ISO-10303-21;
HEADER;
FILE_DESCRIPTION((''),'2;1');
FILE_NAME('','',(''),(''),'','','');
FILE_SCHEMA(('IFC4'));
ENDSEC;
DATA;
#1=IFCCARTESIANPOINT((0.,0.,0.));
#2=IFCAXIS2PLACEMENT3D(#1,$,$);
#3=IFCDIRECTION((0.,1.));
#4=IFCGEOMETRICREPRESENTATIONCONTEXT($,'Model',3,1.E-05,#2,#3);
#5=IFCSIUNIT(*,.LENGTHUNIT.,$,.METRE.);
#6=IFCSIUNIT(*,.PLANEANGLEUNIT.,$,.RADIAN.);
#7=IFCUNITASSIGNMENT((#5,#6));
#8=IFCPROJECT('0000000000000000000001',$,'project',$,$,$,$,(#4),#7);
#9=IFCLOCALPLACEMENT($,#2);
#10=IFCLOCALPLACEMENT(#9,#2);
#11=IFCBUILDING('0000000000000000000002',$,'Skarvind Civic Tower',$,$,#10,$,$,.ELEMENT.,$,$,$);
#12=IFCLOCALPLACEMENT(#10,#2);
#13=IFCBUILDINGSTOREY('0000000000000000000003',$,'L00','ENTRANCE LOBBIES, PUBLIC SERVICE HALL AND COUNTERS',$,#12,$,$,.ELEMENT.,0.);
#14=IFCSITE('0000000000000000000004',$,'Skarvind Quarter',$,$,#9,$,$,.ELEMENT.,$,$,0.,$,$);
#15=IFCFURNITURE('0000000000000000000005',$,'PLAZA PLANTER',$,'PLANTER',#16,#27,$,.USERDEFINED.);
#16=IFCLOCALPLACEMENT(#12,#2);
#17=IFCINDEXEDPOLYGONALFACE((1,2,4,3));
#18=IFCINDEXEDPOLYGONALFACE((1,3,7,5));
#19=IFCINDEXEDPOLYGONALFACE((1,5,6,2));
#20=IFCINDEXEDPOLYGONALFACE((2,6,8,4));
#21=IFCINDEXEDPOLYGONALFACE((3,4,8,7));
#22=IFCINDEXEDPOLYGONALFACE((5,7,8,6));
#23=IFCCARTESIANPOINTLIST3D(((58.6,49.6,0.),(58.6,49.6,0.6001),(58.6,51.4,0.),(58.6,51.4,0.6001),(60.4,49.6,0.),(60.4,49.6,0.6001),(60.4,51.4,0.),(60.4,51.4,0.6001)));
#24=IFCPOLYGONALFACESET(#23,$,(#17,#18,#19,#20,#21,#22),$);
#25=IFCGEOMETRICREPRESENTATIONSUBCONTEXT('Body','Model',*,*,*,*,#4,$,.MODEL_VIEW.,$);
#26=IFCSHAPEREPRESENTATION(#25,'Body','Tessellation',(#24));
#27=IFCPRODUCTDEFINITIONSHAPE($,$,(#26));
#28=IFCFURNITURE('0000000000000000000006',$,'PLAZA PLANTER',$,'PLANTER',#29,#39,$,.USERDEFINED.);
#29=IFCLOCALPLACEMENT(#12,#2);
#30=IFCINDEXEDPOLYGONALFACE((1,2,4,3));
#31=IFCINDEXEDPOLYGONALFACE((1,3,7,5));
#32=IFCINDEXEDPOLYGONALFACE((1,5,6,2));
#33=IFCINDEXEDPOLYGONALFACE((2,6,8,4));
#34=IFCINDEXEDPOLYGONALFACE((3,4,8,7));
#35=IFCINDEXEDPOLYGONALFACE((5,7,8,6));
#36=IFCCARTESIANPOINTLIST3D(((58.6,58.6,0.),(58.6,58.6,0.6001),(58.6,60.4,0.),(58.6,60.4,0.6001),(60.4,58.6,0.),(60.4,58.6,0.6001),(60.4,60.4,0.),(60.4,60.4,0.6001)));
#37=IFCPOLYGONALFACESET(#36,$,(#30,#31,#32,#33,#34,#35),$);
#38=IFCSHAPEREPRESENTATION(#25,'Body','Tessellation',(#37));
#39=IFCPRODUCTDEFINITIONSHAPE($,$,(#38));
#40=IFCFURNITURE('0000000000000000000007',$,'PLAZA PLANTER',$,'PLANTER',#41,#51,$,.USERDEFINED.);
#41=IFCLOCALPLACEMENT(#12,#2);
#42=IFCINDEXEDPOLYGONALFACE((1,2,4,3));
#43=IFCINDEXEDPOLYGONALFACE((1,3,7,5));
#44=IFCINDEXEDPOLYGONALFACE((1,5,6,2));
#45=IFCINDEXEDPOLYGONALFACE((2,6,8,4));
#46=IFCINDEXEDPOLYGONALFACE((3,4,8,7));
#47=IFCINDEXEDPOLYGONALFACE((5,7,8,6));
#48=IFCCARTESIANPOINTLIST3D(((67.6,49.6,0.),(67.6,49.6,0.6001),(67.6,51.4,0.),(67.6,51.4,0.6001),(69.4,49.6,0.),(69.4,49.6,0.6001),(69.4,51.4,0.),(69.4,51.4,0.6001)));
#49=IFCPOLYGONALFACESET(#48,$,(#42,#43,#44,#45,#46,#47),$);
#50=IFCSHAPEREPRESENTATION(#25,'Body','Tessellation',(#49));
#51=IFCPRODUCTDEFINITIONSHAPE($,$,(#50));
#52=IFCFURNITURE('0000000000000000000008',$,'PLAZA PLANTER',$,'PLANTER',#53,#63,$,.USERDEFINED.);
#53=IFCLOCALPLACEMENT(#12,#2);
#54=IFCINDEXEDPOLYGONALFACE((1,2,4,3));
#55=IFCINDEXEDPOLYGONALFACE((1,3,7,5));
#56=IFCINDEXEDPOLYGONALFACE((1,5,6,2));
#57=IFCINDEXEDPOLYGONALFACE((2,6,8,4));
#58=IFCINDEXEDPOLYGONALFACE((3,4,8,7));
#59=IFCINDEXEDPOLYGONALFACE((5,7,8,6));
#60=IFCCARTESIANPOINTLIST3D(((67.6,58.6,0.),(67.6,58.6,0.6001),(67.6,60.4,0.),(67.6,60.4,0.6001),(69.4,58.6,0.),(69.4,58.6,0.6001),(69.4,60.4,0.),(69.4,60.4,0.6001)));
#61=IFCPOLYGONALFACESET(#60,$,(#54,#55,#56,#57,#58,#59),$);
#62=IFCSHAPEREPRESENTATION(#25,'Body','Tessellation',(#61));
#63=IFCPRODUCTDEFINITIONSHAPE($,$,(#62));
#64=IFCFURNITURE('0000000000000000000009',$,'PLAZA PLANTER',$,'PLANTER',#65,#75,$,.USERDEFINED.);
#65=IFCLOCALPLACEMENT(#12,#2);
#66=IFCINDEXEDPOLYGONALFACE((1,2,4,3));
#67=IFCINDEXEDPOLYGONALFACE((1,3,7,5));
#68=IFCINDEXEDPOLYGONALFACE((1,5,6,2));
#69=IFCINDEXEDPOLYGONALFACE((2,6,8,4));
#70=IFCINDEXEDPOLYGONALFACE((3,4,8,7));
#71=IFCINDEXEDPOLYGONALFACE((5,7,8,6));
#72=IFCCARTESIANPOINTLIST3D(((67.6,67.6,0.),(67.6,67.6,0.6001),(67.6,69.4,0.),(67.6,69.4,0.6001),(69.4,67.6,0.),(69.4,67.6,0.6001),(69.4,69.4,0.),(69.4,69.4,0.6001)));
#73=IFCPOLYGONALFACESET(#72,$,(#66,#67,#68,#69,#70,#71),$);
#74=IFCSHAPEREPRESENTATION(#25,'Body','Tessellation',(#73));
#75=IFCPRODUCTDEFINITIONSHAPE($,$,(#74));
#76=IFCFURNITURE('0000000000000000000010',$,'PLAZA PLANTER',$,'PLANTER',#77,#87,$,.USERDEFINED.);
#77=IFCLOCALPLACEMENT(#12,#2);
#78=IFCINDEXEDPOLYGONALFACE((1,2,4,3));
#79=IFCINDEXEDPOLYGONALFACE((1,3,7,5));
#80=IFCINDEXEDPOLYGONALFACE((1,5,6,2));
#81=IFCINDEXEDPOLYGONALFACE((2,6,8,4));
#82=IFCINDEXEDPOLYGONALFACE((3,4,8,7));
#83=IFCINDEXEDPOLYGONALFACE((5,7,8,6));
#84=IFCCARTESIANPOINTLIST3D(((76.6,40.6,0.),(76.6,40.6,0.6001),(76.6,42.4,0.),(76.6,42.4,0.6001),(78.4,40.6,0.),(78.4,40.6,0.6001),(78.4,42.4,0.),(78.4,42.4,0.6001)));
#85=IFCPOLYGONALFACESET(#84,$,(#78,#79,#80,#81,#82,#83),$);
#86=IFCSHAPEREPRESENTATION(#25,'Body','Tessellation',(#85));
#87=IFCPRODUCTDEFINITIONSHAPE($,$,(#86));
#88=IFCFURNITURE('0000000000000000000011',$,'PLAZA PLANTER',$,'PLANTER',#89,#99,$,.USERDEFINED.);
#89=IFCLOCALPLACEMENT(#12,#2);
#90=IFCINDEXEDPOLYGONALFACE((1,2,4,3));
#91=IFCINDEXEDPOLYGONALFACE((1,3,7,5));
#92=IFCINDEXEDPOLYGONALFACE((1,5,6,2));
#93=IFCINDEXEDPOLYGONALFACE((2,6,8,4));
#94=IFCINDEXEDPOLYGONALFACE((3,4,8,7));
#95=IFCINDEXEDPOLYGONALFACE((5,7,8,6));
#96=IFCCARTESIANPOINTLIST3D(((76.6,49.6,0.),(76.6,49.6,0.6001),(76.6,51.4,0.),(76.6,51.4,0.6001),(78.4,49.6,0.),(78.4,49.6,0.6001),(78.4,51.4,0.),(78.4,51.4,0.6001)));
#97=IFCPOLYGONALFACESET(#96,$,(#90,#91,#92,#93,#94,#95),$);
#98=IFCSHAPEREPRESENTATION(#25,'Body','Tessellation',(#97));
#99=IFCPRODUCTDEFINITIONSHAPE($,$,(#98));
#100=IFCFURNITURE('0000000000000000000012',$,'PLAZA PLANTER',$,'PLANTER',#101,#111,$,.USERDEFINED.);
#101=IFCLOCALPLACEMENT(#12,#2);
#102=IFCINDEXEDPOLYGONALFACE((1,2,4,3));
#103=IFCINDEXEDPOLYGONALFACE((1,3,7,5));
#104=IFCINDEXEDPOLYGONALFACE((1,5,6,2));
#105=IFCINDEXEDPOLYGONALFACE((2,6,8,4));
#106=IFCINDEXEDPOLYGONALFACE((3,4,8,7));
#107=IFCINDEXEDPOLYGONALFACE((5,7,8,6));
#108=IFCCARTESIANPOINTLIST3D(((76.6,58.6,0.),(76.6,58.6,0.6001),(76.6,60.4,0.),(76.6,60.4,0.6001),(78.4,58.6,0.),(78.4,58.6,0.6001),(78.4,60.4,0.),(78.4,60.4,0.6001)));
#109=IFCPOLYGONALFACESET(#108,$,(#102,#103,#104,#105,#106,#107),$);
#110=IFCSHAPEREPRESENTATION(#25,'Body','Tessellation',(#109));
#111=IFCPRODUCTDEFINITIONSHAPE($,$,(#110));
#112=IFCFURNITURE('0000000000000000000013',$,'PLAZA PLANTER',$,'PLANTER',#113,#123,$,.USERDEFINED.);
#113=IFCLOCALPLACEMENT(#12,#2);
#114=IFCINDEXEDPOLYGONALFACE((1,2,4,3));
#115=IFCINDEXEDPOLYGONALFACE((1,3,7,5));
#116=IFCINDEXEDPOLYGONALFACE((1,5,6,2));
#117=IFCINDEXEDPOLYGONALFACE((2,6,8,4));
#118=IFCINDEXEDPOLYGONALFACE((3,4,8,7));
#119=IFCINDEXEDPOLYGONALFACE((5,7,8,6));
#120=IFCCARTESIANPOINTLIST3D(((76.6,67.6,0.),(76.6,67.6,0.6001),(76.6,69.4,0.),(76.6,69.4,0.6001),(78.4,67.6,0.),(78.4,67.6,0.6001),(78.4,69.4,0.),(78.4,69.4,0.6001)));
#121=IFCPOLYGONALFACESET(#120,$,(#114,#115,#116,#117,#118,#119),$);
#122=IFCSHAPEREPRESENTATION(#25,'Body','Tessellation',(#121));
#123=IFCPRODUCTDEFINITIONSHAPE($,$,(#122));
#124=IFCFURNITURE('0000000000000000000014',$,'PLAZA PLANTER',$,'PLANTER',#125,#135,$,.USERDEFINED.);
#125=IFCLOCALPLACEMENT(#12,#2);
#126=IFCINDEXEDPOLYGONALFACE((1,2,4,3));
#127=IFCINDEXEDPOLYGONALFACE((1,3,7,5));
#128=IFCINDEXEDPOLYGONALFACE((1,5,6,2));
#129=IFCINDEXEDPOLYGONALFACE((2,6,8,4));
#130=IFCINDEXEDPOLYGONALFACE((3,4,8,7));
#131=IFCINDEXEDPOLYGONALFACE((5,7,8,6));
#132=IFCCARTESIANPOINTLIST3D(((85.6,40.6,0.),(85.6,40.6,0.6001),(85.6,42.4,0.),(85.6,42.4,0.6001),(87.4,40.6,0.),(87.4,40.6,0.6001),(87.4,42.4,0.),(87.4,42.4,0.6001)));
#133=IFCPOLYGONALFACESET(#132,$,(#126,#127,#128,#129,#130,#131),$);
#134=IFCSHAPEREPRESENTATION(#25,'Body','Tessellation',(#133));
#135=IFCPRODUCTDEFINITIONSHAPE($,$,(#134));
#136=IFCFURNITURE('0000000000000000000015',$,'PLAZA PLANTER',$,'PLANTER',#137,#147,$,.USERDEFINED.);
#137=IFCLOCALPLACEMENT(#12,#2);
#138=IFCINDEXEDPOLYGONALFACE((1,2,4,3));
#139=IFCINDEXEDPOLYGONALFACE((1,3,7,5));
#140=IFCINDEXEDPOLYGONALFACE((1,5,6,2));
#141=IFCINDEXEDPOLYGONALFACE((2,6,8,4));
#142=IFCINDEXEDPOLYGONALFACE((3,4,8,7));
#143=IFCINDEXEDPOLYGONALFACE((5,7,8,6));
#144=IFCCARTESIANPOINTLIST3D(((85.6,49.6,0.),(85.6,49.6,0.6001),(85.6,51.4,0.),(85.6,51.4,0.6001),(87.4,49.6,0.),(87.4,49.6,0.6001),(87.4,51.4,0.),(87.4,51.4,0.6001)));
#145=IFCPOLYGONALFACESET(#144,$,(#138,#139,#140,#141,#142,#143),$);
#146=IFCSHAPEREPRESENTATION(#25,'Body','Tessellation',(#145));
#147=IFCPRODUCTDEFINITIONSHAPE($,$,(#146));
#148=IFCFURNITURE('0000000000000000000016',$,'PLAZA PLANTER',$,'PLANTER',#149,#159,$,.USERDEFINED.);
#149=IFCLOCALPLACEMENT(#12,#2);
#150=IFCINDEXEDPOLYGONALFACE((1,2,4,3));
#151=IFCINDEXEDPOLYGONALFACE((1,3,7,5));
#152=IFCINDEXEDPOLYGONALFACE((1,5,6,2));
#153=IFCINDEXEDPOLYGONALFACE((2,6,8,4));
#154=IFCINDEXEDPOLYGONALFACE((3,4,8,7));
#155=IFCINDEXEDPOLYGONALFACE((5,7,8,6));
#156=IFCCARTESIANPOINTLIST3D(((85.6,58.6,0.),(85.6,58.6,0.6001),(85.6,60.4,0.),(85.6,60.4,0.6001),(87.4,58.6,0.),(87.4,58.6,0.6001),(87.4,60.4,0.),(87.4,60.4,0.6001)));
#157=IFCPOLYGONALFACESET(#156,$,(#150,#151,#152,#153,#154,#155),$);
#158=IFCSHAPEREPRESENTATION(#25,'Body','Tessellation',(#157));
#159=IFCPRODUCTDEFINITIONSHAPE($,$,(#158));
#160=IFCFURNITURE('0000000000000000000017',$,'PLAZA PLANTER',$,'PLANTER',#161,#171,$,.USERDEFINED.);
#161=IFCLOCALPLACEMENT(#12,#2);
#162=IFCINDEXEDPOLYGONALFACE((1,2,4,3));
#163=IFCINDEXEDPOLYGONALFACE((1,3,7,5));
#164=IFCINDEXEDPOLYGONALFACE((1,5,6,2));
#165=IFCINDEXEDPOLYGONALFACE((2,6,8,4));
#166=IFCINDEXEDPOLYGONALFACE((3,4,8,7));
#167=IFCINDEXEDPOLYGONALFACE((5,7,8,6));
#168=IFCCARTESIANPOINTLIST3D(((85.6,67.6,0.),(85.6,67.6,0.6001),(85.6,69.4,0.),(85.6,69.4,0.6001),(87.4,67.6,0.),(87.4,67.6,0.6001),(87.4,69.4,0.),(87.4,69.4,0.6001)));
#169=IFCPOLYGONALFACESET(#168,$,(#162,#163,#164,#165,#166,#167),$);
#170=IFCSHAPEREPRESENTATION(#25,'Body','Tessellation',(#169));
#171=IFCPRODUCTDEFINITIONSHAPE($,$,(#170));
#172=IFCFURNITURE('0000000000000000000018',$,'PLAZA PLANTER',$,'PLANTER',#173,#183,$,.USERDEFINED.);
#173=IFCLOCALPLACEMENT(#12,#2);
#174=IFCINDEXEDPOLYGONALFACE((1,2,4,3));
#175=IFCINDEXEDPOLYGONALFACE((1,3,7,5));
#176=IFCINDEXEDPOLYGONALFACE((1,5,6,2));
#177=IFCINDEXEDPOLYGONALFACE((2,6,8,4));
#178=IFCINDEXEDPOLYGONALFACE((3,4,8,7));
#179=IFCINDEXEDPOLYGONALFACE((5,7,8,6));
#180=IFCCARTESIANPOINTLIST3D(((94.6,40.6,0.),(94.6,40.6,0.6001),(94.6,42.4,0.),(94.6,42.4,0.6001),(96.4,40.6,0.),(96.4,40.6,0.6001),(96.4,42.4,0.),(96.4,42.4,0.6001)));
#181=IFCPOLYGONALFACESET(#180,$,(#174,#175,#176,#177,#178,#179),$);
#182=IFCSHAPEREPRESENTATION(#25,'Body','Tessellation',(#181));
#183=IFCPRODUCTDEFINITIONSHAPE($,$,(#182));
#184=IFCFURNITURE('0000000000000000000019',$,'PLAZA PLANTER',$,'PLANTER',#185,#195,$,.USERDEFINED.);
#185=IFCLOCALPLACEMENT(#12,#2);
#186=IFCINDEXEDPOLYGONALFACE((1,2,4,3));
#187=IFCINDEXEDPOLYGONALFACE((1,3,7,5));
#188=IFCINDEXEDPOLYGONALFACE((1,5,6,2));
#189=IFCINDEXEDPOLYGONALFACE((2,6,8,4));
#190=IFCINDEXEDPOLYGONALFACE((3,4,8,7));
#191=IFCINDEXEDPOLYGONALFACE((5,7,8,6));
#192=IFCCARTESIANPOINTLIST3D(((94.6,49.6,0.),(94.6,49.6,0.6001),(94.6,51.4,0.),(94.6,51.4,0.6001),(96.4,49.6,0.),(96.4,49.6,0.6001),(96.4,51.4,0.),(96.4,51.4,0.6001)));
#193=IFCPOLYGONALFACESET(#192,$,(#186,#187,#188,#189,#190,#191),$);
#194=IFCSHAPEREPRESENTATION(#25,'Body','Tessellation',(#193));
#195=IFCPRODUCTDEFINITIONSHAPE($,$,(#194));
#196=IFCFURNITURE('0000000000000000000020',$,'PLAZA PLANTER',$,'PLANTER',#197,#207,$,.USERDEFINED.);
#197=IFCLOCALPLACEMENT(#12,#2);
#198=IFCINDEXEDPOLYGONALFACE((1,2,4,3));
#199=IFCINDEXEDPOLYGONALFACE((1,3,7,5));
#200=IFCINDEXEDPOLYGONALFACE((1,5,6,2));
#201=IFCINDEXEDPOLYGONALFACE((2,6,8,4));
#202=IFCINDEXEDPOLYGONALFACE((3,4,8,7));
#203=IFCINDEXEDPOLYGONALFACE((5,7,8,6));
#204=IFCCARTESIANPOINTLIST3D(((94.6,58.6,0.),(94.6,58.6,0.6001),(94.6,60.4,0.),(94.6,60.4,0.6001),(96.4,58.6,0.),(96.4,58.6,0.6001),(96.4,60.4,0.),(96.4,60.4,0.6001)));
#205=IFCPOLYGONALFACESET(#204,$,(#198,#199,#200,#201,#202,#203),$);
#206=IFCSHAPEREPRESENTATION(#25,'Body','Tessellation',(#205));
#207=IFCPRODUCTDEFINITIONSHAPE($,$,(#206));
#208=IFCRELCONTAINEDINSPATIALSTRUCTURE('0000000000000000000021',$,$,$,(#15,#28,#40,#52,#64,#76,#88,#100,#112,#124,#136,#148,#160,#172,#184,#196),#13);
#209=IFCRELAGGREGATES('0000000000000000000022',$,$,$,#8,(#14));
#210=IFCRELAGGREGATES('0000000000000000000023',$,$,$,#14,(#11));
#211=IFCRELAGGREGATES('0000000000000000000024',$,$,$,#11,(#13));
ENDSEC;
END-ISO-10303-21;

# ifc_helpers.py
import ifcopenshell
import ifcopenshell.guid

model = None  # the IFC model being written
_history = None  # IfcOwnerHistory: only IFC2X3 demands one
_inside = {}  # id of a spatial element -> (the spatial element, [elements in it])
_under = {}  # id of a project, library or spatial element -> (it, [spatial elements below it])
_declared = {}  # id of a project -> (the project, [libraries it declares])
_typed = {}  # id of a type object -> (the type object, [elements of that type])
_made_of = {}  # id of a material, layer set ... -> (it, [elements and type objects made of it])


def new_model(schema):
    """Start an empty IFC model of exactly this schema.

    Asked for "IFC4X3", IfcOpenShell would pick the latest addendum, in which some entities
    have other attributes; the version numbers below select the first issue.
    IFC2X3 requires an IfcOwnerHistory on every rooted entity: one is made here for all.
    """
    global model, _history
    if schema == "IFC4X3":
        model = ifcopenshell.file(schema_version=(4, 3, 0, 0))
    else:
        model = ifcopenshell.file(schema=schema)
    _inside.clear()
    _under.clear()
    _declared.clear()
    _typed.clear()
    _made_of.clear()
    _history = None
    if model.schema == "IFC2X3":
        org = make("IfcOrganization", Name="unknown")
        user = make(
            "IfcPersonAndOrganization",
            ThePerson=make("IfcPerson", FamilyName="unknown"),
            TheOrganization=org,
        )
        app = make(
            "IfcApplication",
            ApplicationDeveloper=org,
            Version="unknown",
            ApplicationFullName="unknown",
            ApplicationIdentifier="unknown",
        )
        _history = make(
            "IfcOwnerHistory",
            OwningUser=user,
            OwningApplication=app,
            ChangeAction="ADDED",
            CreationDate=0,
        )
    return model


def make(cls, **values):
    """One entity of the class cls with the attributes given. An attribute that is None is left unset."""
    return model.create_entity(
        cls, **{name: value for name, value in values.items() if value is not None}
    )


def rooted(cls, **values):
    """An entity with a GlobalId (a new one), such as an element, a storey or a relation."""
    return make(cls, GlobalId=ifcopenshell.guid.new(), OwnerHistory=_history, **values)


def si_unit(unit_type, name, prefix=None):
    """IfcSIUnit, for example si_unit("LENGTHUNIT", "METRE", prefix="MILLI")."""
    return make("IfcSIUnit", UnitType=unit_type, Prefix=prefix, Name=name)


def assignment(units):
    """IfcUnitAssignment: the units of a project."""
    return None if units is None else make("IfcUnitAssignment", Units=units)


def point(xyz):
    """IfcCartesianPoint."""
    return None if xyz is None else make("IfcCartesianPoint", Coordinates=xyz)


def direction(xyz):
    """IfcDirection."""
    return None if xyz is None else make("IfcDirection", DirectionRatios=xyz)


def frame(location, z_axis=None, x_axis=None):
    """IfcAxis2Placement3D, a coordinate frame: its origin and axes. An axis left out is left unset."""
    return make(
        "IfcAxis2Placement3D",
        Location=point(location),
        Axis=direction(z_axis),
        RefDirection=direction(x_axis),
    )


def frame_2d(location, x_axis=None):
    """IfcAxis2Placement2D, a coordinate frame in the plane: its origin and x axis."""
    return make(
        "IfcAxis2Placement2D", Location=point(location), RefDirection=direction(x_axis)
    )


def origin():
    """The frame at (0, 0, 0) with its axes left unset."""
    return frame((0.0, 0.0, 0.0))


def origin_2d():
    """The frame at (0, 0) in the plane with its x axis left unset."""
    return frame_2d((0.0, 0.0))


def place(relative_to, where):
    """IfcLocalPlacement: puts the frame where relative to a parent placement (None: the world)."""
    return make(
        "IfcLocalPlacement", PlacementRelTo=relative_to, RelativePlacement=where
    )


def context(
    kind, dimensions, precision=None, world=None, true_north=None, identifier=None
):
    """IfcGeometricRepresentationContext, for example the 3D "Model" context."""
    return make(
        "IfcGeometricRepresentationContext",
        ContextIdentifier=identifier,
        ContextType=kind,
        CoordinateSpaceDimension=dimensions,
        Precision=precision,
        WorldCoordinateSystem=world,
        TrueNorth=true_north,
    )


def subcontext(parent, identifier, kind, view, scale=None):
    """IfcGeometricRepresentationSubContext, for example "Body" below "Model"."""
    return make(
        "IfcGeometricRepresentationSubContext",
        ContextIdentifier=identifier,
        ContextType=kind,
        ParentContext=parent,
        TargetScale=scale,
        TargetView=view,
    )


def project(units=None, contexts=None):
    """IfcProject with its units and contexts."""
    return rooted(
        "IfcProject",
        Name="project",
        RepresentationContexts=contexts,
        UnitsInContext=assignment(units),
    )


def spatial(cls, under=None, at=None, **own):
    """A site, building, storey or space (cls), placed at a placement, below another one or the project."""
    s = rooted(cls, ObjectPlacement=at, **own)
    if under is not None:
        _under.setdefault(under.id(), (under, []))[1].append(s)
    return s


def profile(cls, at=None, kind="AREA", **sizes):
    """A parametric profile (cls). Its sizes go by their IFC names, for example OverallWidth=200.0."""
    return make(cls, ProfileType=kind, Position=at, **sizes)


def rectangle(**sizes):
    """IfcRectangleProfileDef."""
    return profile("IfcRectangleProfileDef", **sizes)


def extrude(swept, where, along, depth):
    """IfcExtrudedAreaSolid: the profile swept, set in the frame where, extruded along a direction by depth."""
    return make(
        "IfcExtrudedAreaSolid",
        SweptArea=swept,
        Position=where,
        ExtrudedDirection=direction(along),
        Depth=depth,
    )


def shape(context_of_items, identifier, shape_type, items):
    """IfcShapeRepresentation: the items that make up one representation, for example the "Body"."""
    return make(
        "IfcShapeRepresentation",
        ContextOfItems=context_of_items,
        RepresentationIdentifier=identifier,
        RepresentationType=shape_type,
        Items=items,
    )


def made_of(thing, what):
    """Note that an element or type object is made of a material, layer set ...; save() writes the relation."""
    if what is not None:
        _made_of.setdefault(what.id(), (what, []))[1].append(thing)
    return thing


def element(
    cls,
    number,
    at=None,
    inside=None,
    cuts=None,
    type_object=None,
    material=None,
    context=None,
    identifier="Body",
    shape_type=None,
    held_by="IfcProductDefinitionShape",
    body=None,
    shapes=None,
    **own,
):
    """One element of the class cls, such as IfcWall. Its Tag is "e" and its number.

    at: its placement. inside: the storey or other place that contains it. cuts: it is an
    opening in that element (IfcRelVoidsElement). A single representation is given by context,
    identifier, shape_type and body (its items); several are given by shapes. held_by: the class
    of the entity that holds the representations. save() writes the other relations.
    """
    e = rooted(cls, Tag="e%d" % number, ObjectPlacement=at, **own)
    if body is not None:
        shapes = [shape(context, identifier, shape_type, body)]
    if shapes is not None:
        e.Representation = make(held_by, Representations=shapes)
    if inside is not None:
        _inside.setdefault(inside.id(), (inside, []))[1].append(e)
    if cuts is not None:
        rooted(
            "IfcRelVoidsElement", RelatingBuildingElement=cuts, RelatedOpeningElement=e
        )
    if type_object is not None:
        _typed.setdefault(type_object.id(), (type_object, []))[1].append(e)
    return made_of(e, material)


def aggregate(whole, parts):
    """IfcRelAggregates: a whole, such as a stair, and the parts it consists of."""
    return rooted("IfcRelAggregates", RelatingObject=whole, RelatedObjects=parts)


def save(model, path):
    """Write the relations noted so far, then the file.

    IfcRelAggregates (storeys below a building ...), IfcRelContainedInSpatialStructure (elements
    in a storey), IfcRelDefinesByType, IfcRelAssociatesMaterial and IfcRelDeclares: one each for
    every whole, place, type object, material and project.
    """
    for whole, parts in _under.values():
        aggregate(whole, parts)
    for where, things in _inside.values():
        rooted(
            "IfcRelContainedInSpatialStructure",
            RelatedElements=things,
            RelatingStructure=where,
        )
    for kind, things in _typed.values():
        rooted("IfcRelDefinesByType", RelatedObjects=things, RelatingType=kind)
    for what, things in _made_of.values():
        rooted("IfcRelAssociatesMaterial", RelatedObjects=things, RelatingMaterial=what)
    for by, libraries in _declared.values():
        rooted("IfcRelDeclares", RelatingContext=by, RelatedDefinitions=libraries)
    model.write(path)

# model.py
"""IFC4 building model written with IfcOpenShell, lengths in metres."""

from ifc_helpers import new_model, si_unit, direction, frame, origin, origin_2d, place, context, subcontext, project, spatial, rectangle, extrude, element, save


model = new_model("IFC4")

# Units and contexts
model_context = context("Model", 3, precision=1e-05, world=origin(), true_north=direction((0.0, 1.0)))
body_context = subcontext(model_context, "Body", "Model", "MODEL_VIEW")
ifc_project = project(units=[si_unit("LENGTHUNIT", "METRE"), si_unit("PLANEANGLEUNIT", "RADIAN")], contexts=[model_context])

# Site, building, storey
site_placement = place(None, origin())
site = spatial("IfcSite", under=ifc_project, at=site_placement, Name="Skarvind Quarter", CompositionType="ELEMENT", RefElevation=0.0)
building_placement = place(site_placement, origin())
building = spatial("IfcBuilding", under=site, at=building_placement, Name="Skarvind Civic Tower", CompositionType="ELEMENT")
storey_placement = place(building_placement, origin())
storey = spatial("IfcBuildingStorey", under=building, at=storey_placement, Name="L00", Description="ENTRANCE LOBBIES, PUBLIC SERVICE HALL AND COUNTERS", CompositionType="ELEMENT", Elevation=0.0)

# Furniture
for number, where, z_axis, x_axis, name in (
    (1, (59.5, 50.5, 0.0), (0.0, 0.0, 1.0), (1.0, 0.0, 0.0), "PLAZA PLANTER"),
    (2, (59.5, 59.5, 0.0), (0.0, 0.0, 1.0), (1.0, 0.0, 0.0), "PLAZA PLANTER"),
    (3, (68.5, 50.5, 0.0), (0.0, 0.0, 1.0), (1.0, 0.0, 0.0), "PLAZA PLANTER"),
    (4, (68.5, 59.5, 0.0), (0.0, 0.0, 1.0), (1.0, 0.0, 0.0), "PLAZA PLANTER"),
    (5, (68.5, 68.5, 0.0), (0.0, 0.0, 1.0), (1.0, 0.0, 0.0), "PLAZA PLANTER"),
    (6, (77.5, 41.5, 0.0), (0.0, 0.0, 1.0), (1.0, 0.0, 0.0), "PLAZA PLANTER"),
    (7, (77.5, 50.5, 0.0), (0.0, 0.0, 1.0), (1.0, 0.0, 0.0), "PLAZA PLANTER"),
    (8, (77.5, 59.5, 0.0), (0.0, 0.0, 1.0), (1.0, 0.0, 0.0), "PLAZA PLANTER"),
    (9, (77.5, 68.5, 0.0), (0.0, 0.0, 1.0), (1.0, 0.0, 0.0), "PLAZA PLANTER"),
    (10, (86.5, 41.5, 0.0), (0.0, 0.0, 1.0), (1.0, 0.0, 0.0), "PLAZA PLANTER"),
    (11, (86.5, 50.5, 0.0), (0.0, 0.0, 1.0), (1.0, 0.0, 0.0), "PLAZA PLANTER"),
    (12, (86.5, 59.5, 0.0), (0.0, 0.0, 1.0), (1.0, 0.0, 0.0), "PLAZA PLANTER"),
    (13, (86.5, 68.5, 0.0), (0.0, 0.0, 1.0), (1.0, 0.0, 0.0), "PLAZA PLANTER"),
    (14, (95.5, 41.5, 0.0), (0.0, 0.0, 1.0), (1.0, 0.0, 0.0), "PLAZA PLANTER"),
    (15, (95.5, 50.5, 0.0), (0.0, 0.0, 1.0), (1.0, 0.0, 0.0), "PLAZA PLANTER"),
    (16, (95.5, 59.5, 0.0), (0.0, 0.0, 1.0), (1.0, 0.0, 0.0), "PLAZA PLANTER"),
):
    element("IfcFurniture", number, at=place(storey_placement, frame(where, z_axis=z_axis, x_axis=x_axis)), inside=storey, Name=name, ObjectType="PLANTER", PredefinedType="USERDEFINED", context=body_context, shape_type="SweptSolid", body=[
        extrude(rectangle(XDim=1.8, YDim=1.8, at=origin_2d()), origin(), (0.0, 0.0, 1.0), 0.6001),
    ])

save(model, "model.ifc")
